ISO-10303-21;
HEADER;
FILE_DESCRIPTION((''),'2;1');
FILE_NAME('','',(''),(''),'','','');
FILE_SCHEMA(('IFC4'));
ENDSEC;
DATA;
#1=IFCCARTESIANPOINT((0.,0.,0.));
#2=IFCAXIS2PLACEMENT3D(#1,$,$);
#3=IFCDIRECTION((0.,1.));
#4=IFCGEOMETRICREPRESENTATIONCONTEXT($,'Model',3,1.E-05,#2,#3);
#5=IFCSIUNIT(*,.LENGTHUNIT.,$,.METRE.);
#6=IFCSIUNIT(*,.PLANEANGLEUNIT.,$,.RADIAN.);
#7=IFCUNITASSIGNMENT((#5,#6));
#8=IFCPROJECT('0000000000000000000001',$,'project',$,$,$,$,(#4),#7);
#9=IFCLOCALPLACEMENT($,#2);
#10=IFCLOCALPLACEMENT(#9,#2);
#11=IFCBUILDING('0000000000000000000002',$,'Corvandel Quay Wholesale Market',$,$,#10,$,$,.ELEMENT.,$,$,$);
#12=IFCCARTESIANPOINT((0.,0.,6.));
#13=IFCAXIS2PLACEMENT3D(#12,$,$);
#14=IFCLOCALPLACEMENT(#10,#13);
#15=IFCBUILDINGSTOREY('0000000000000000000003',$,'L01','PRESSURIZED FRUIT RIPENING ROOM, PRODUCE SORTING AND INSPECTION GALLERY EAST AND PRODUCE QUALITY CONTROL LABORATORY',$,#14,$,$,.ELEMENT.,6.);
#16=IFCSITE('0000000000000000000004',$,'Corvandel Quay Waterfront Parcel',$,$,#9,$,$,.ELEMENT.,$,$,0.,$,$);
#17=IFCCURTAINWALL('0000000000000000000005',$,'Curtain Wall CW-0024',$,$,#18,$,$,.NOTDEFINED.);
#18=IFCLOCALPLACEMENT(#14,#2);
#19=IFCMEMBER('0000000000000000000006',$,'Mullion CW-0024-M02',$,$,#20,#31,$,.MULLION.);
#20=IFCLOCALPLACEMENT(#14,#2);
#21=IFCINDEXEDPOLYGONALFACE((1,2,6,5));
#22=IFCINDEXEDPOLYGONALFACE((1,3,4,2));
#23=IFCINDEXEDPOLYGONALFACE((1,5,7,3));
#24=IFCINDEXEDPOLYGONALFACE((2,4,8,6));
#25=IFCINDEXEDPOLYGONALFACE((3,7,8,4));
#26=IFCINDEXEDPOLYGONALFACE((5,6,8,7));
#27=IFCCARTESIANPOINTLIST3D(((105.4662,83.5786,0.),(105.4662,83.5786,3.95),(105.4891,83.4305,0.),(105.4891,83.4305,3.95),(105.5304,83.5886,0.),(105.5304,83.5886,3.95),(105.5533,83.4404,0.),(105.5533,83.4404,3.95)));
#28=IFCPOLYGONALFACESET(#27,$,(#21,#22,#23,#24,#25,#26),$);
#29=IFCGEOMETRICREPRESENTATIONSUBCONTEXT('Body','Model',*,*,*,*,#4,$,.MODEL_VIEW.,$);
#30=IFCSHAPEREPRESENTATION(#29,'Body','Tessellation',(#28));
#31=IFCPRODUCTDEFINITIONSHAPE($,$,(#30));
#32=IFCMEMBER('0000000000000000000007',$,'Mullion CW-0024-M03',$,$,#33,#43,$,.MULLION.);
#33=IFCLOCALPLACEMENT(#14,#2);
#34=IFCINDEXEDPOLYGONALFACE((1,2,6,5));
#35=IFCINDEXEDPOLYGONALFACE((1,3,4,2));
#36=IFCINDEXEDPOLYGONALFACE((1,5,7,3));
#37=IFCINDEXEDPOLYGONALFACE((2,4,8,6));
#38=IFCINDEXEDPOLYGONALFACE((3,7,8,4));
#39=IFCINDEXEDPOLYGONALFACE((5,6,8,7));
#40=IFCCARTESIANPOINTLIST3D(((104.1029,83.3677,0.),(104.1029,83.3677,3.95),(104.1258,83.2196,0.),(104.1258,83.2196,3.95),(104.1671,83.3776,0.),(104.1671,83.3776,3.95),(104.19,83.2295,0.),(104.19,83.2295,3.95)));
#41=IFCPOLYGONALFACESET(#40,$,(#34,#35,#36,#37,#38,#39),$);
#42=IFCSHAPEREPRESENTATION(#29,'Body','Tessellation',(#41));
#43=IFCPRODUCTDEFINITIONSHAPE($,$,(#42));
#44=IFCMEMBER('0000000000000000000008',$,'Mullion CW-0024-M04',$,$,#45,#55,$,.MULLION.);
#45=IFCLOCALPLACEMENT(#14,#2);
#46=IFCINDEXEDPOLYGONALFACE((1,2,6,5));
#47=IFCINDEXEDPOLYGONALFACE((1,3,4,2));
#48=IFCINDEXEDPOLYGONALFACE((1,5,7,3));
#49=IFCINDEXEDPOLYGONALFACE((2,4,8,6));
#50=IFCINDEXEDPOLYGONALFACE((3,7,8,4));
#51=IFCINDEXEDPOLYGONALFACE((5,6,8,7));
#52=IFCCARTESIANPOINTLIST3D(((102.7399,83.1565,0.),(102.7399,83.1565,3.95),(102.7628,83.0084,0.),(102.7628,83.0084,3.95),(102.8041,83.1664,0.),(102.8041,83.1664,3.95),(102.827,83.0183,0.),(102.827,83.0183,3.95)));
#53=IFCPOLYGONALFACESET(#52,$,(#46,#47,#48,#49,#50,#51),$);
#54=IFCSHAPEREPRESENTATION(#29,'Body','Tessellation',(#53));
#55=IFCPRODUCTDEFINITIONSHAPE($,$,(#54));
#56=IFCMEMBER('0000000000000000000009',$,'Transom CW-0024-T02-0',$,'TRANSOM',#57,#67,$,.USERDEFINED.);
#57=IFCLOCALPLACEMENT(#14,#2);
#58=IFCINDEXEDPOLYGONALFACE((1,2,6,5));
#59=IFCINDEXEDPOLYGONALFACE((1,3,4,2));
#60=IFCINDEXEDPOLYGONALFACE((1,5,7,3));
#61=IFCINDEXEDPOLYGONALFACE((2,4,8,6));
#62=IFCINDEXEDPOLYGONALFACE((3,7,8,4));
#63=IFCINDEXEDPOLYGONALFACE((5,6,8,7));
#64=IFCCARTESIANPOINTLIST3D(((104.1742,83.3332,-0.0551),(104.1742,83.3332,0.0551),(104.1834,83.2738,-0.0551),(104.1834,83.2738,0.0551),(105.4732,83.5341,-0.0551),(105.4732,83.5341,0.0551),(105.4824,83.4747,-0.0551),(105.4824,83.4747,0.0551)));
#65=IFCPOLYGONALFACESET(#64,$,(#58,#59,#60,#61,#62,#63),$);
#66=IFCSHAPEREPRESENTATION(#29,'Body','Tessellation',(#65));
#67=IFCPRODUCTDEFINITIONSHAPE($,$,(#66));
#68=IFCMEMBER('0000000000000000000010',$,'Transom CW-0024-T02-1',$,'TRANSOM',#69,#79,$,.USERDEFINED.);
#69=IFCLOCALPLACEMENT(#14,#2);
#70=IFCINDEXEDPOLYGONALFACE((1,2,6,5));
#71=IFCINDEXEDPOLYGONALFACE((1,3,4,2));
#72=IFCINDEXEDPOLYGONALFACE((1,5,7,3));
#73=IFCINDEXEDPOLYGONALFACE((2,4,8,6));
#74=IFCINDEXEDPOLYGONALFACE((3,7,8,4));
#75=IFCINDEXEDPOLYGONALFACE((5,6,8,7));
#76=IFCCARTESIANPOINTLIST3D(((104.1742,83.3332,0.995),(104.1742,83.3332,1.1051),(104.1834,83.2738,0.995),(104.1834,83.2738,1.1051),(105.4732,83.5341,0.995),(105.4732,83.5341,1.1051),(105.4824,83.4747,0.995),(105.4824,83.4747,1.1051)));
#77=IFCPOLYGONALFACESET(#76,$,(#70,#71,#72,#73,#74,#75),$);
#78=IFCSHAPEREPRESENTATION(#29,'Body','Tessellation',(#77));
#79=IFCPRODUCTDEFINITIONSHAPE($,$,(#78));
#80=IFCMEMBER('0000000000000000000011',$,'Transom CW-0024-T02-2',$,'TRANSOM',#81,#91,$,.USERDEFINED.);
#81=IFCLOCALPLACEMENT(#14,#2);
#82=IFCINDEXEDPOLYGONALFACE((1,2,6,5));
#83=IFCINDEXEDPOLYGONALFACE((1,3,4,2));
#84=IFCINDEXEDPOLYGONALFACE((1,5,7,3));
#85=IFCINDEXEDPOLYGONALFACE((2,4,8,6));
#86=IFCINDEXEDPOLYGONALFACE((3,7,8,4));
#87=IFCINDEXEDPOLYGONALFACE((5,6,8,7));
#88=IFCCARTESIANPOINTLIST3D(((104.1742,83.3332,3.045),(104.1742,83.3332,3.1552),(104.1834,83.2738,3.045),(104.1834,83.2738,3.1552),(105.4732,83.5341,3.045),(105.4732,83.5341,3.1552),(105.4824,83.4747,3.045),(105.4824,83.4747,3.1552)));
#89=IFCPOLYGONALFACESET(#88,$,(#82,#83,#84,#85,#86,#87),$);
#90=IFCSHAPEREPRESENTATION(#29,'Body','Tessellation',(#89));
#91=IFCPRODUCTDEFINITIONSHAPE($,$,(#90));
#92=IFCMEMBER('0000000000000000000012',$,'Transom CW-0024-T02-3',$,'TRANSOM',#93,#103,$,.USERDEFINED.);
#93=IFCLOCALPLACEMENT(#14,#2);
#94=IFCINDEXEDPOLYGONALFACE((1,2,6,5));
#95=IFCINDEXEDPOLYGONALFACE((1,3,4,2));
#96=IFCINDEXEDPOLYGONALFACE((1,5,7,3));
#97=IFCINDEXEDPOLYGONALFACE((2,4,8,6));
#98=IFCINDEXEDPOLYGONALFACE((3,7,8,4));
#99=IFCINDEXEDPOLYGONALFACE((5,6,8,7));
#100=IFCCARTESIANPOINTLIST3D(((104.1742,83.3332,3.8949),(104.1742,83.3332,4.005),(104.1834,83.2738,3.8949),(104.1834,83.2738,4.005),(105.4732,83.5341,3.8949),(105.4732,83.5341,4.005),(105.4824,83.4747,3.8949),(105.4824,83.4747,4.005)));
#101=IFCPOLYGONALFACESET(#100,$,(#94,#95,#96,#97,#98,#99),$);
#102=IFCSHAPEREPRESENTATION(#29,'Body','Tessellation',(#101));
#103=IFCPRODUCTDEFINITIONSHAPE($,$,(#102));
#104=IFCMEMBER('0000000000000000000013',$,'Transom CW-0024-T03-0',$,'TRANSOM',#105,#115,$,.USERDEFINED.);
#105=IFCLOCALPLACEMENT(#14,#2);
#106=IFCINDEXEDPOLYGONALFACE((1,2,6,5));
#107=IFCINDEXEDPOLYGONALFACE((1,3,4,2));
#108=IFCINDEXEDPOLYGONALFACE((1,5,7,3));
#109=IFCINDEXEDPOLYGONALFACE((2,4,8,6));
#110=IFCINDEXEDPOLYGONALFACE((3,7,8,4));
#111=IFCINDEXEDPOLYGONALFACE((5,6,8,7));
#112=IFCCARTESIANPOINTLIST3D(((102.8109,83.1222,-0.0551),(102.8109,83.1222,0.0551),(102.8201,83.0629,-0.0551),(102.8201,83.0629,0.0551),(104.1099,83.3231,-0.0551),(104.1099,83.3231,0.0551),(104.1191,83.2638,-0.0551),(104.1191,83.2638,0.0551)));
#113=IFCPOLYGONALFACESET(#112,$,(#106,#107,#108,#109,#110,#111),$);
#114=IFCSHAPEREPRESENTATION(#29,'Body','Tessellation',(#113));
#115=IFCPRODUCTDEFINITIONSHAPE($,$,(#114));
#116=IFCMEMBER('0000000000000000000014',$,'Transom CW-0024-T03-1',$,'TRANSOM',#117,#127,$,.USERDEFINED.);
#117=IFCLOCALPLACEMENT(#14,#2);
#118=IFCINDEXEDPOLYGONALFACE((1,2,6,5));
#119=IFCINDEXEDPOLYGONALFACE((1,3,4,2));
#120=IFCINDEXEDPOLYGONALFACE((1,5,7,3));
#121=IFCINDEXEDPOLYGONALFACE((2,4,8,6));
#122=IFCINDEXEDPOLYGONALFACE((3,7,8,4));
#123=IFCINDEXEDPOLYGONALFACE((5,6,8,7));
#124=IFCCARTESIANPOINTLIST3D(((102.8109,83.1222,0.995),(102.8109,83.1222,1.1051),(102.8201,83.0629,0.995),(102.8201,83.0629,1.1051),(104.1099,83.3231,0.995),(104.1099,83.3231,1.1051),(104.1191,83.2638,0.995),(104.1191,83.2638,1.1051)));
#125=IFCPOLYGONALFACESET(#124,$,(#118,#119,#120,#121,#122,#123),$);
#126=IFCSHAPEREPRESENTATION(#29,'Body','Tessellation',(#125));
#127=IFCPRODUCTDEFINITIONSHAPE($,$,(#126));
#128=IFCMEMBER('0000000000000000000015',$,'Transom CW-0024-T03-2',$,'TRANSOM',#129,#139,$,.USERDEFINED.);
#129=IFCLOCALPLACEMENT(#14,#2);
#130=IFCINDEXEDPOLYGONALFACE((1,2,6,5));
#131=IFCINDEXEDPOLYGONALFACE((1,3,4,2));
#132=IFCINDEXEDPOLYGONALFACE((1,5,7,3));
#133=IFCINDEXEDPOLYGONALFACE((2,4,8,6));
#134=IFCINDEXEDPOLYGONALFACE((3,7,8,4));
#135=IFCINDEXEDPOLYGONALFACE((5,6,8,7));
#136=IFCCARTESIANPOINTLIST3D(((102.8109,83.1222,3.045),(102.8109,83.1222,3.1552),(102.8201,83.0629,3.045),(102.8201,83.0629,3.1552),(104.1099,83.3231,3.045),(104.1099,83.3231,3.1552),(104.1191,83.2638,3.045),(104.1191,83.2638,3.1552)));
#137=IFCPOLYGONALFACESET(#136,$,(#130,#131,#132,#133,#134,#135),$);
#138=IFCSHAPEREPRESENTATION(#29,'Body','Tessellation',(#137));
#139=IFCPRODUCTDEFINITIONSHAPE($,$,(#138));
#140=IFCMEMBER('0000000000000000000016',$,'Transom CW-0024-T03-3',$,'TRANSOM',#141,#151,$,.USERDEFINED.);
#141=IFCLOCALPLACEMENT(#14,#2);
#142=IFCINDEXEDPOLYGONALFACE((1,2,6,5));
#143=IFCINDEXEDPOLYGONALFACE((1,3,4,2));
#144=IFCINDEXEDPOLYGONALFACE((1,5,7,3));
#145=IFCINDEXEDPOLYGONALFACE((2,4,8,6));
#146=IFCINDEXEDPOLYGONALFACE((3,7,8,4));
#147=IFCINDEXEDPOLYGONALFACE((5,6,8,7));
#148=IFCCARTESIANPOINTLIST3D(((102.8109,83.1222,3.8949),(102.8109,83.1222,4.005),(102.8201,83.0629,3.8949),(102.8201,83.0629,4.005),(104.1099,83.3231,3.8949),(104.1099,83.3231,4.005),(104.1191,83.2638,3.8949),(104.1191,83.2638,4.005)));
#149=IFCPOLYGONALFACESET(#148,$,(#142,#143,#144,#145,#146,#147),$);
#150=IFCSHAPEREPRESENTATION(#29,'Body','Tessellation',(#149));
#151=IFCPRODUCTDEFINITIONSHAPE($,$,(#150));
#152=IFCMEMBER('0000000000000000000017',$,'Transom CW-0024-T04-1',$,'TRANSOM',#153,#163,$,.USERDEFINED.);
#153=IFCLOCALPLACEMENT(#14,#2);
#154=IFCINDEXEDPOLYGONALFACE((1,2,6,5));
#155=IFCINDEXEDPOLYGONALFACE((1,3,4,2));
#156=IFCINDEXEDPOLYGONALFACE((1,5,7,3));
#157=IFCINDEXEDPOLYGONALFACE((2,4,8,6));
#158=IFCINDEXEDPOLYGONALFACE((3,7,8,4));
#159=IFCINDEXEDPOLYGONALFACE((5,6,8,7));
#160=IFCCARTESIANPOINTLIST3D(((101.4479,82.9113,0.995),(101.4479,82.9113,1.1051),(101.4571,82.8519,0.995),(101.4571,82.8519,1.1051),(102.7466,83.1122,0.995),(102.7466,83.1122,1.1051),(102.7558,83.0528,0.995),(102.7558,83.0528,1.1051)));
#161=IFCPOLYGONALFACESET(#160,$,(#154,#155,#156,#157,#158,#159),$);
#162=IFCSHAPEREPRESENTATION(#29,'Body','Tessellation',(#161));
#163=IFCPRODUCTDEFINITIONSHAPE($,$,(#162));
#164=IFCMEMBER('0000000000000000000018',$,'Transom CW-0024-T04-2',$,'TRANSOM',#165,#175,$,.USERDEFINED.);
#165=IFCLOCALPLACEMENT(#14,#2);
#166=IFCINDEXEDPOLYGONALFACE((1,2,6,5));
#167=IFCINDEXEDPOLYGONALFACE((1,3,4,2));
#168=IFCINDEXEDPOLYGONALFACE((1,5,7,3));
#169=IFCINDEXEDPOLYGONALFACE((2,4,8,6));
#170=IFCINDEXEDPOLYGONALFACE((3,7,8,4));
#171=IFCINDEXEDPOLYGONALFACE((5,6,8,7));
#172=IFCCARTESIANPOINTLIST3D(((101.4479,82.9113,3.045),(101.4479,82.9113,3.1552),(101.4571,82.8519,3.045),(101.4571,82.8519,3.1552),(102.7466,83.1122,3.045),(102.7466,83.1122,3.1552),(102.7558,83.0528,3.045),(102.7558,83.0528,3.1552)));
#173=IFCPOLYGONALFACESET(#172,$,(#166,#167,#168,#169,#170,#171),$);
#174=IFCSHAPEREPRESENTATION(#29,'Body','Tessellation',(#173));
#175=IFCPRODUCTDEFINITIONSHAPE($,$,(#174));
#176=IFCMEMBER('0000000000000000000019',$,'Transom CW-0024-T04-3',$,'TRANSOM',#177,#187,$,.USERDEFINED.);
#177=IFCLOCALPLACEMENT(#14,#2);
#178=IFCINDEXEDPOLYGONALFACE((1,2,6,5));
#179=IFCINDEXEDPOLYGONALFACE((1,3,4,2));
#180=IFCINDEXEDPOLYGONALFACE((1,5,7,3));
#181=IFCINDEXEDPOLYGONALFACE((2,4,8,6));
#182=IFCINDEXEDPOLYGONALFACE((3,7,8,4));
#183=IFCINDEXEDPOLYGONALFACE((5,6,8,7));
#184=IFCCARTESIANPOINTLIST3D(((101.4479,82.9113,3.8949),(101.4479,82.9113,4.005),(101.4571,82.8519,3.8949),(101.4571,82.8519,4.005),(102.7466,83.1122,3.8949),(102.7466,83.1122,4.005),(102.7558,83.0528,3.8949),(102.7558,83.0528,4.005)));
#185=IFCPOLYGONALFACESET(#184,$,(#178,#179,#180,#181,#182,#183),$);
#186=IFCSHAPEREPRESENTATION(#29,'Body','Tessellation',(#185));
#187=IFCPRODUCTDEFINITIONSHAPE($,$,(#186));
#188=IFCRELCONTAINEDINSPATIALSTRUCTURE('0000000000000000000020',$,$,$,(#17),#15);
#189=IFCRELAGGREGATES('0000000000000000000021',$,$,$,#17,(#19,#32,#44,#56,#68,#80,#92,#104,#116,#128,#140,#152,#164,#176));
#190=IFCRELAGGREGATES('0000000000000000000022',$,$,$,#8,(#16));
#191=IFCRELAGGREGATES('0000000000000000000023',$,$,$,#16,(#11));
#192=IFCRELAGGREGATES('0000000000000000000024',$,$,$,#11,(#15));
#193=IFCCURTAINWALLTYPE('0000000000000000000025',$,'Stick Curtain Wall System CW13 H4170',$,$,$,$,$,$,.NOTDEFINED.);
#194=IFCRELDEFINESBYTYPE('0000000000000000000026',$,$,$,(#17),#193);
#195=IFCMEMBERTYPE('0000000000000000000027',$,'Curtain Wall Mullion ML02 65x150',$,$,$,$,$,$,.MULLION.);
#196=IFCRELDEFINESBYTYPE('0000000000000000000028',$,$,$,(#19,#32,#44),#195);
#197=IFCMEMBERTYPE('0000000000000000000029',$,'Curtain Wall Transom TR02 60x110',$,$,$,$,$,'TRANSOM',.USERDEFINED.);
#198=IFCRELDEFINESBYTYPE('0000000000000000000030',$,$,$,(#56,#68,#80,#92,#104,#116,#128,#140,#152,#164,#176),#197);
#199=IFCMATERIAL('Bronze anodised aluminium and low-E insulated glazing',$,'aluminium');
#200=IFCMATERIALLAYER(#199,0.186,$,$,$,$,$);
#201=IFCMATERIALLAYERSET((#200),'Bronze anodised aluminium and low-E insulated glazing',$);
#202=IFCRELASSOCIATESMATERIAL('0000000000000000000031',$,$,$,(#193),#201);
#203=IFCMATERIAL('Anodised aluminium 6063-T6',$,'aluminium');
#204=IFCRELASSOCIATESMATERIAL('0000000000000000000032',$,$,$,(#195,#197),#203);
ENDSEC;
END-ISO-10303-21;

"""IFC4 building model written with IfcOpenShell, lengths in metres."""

from ifc_helpers import new_model, si_unit, direction, frame, origin, origin_2d, place, context, subcontext, project, spatial, rectangle, extrude, material, layer, layer_set, material_profile, profile_set, type_object, element, aggregate, save


model = new_model("IFC4")

# Units and contexts
model_context = context("Model", 3, precision=1e-05, world=origin(), true_north=direction((0.0, 1.0)))
body_context = subcontext(model_context, "Body", "Model", "MODEL_VIEW")
ifc_project = project(units=[si_unit("LENGTHUNIT", "METRE"), si_unit("PLANEANGLEUNIT", "RADIAN")], contexts=[model_context])

# Site, building, storey
site_placement = place(None, origin())
site = spatial("IfcSite", under=ifc_project, at=site_placement, Name="Corvandel Quay Waterfront Parcel", CompositionType="ELEMENT", RefElevation=0.0)
building_placement = place(site_placement, origin())
building = spatial("IfcBuilding", under=site, at=building_placement, Name="Corvandel Quay Wholesale Market", CompositionType="ELEMENT")
storey_placement = place(building_placement, frame((0.0, 0.0, 6.0)))
storey = spatial("IfcBuildingStorey", under=building, at=storey_placement, Name="L01", Description="PRESSURIZED FRUIT RIPENING ROOM, PRODUCE SORTING AND INSPECTION GALLERY EAST AND PRODUCE QUALITY CONTROL LABORATORY", CompositionType="ELEMENT", Elevation=6.0)

# Curtain wall, members
ifc_material_1 = material(Name="Bronze anodised aluminium and low-E insulated glazing", Category="aluminium")
ifc_layer_1 = layer(ifc_material_1, 0.186)
ifc_layer_set_1 = layer_set([ifc_layer_1], Name="Bronze anodised aluminium and low-E insulated glazing")
curtain_wall_type = type_object("IfcCurtainWallType", Name="Stick Curtain Wall System CW13 H4170", PredefinedType="NOTDEFINED", material=ifc_layer_set_1)
curtain_wall_placement = place(storey_placement, origin())
curtain_wall = element("IfcCurtainWall", 1, at=curtain_wall_placement, inside=storey, type_object=curtain_wall_type, Name="Curtain Wall CW-0024", PredefinedType="NOTDEFINED")
ifc_material_2 = material(Name="Anodised aluminium 6063-T6", Category="aluminium")
ifc_material_profile_1 = material_profile(ifc_material_2, rectangle(XDim=0.0649, YDim=0.1499, at=origin_2d()), Name="ALU-MUL-65x150")
ifc_profile_set_1 = profile_set([ifc_material_profile_1], Name="Anodised aluminium 6063-T6")
member_type_1 = type_object("IfcMemberType", Name="Curtain Wall Mullion ML02 65x150", PredefinedType="MULLION", material=ifc_profile_set_1)
member_1_placement = place(storey_placement, frame((105.5098, 83.5095, 0.0), z_axis=(0.0, 0.0, 1.0), x_axis=(0.988255, 0.152813, 0.0)))
member_1 = element("IfcMember", 2, at=member_1_placement, type_object=member_type_1, Name="Mullion CW-0024-M02", PredefinedType="MULLION", context=body_context, shape_type="SweptSolid", body=[
    extrude(rectangle(XDim=0.0649, YDim=0.1499, at=origin_2d()), origin(), (0.0, 0.0, 1.0), 3.95),
])
member_2_placement = place(storey_placement, frame((104.1465, 83.2986, 0.0), z_axis=(0.0, 0.0, 1.0), x_axis=(0.988255, 0.152813, 0.0)))
member_2 = element("IfcMember", 3, at=member_2_placement, type_object=member_type_1, Name="Mullion CW-0024-M03", PredefinedType="MULLION", context=body_context, shape_type="SweptSolid", body=[
    extrude(rectangle(XDim=0.0649, YDim=0.1499, at=origin_2d()), origin(), (0.0, 0.0, 1.0), 3.95),
])
member_3_placement = place(storey_placement, frame((102.7834, 83.0874, 0.0), z_axis=(0.0, 0.0, 1.0), x_axis=(0.988255, 0.152813, 0.0)))
member_3 = element("IfcMember", 4, at=member_3_placement, type_object=member_type_1, Name="Mullion CW-0024-M04", PredefinedType="MULLION", context=body_context, shape_type="SweptSolid", body=[
    extrude(rectangle(XDim=0.0649, YDim=0.1499, at=origin_2d()), origin(), (0.0, 0.0, 1.0), 3.95),
])
ifc_material_profile_2 = material_profile(ifc_material_2, rectangle(XDim=0.0601, YDim=0.1101, at=origin_2d()), Name="ALU-TRN-60x110")
ifc_profile_set_2 = profile_set([ifc_material_profile_2], Name="Anodised aluminium 6063-T6")
member_type_2 = type_object("IfcMemberType", Name="Curtain Wall Transom TR02 60x110", ElementType="TRANSOM", PredefinedType="USERDEFINED", material=ifc_profile_set_2)
member_4_placement = place(storey_placement, frame((105.4778, 83.5044, 0.0), z_axis=(-0.988249, -0.152853, 0.0), x_axis=(0.152853, -0.988249, 0.0)))
member_4 = element("IfcMember", 5, at=member_4_placement, type_object=member_type_2, Name="Transom CW-0024-T02-0", ObjectType="TRANSOM", PredefinedType="USERDEFINED", context=body_context, shape_type="SweptSolid", body=[
    extrude(rectangle(XDim=0.0601, YDim=0.1101, at=origin_2d()), origin(), (0.0, 0.0, 1.0), 1.3145),
])
member_5_placement = place(storey_placement, frame((105.4778, 83.5044, 1.05), z_axis=(-0.988249, -0.152853, 0.0), x_axis=(0.152853, -0.988249, 0.0)))
member_5 = element("IfcMember", 6, at=member_5_placement, type_object=member_type_2, Name="Transom CW-0024-T02-1", ObjectType="TRANSOM", PredefinedType="USERDEFINED", context=body_context, shape_type="SweptSolid", body=[
    extrude(rectangle(XDim=0.0601, YDim=0.1101, at=origin_2d()), origin(), (0.0, 0.0, 1.0), 1.3145),
])
member_6_placement = place(storey_placement, frame((105.4778, 83.5044, 3.1001), z_axis=(-0.988249, -0.152853, 0.0), x_axis=(0.152853, -0.988249, 0.0)))
member_6 = element("IfcMember", 7, at=member_6_placement, type_object=member_type_2, Name="Transom CW-0024-T02-2", ObjectType="TRANSOM", PredefinedType="USERDEFINED", context=body_context, shape_type="SweptSolid", body=[
    extrude(rectangle(XDim=0.0601, YDim=0.1101, at=origin_2d()), origin(), (0.0, 0.0, 1.0), 1.3145),
])
member_7_placement = place(storey_placement, frame((105.4778, 83.5044, 3.95), z_axis=(-0.988249, -0.152853, 0.0), x_axis=(0.152853, -0.988249, 0.0)))
member_7 = element("IfcMember", 8, at=member_7_placement, type_object=member_type_2, Name="Transom CW-0024-T02-3", ObjectType="TRANSOM", PredefinedType="USERDEFINED", context=body_context, shape_type="SweptSolid", body=[
    extrude(rectangle(XDim=0.0601, YDim=0.1101, at=origin_2d()), origin(), (0.0, 0.0, 1.0), 1.3145),
])
member_8_placement = place(storey_placement, frame((104.1145, 83.2935, 0.0), z_axis=(-0.988249, -0.152853, 0.0), x_axis=(0.152853, -0.988249, 0.0)))
member_8 = element("IfcMember", 9, at=member_8_placement, type_object=member_type_2, Name="Transom CW-0024-T03-0", ObjectType="TRANSOM", PredefinedType="USERDEFINED", context=body_context, shape_type="SweptSolid", body=[
    extrude(rectangle(XDim=0.0601, YDim=0.1101, at=origin_2d()), origin(), (0.0, 0.0, 1.0), 1.3145),
])
member_9_placement = place(storey_placement, frame((104.1145, 83.2935, 1.05), z_axis=(-0.988249, -0.152853, 0.0), x_axis=(0.152853, -0.988249, 0.0)))
member_9 = element("IfcMember", 10, at=member_9_placement, type_object=member_type_2, Name="Transom CW-0024-T03-1", ObjectType="TRANSOM", PredefinedType="USERDEFINED", context=body_context, shape_type="SweptSolid", body=[
    extrude(rectangle(XDim=0.0601, YDim=0.1101, at=origin_2d()), origin(), (0.0, 0.0, 1.0), 1.3145),
])
member_10_placement = place(storey_placement, frame((104.1145, 83.2935, 3.1001), z_axis=(-0.988249, -0.152853, 0.0), x_axis=(0.152853, -0.988249, 0.0)))
member_10 = element("IfcMember", 11, at=member_10_placement, type_object=member_type_2, Name="Transom CW-0024-T03-2", ObjectType="TRANSOM", PredefinedType="USERDEFINED", context=body_context, shape_type="SweptSolid", body=[
    extrude(rectangle(XDim=0.0601, YDim=0.1101, at=origin_2d()), origin(), (0.0, 0.0, 1.0), 1.3145),
])
member_11_placement = place(storey_placement, frame((104.1145, 83.2935, 3.95), z_axis=(-0.988249, -0.152853, 0.0), x_axis=(0.152853, -0.988249, 0.0)))
member_11 = element("IfcMember", 12, at=member_11_placement, type_object=member_type_2, Name="Transom CW-0024-T03-3", ObjectType="TRANSOM", PredefinedType="USERDEFINED", context=body_context, shape_type="SweptSolid", body=[
    extrude(rectangle(XDim=0.0601, YDim=0.1101, at=origin_2d()), origin(), (0.0, 0.0, 1.0), 1.3145),
])
member_12_placement = place(storey_placement, frame((102.7512, 83.0825, 1.05), z_axis=(-0.988245, -0.152881, 0.0), x_axis=(0.152881, -0.988245, 0.0)))
member_12 = element("IfcMember", 13, at=member_12_placement, type_object=member_type_2, Name="Transom CW-0024-T04-1", ObjectType="TRANSOM", PredefinedType="USERDEFINED", context=body_context, shape_type="SweptSolid", body=[
    extrude(rectangle(XDim=0.0601, YDim=0.1101, at=origin_2d()), origin(), (0.0, 0.0, 1.0), 1.3142),
])
member_13_placement = place(storey_placement, frame((102.7512, 83.0825, 3.1001), z_axis=(-0.988245, -0.152881, 0.0), x_axis=(0.152881, -0.988245, 0.0)))
member_13 = element("IfcMember", 14, at=member_13_placement, type_object=member_type_2, Name="Transom CW-0024-T04-2", ObjectType="TRANSOM", PredefinedType="USERDEFINED", context=body_context, shape_type="SweptSolid", body=[
    extrude(rectangle(XDim=0.0601, YDim=0.1101, at=origin_2d()), origin(), (0.0, 0.0, 1.0), 1.3142),
])
member_14_placement = place(storey_placement, frame((102.7512, 83.0825, 3.95), z_axis=(-0.988245, -0.152881, 0.0), x_axis=(0.152881, -0.988245, 0.0)))
member_14 = element("IfcMember", 15, at=member_14_placement, type_object=member_type_2, Name="Transom CW-0024-T04-3", ObjectType="TRANSOM", PredefinedType="USERDEFINED", context=body_context, shape_type="SweptSolid", body=[
    extrude(rectangle(XDim=0.0601, YDim=0.1101, at=origin_2d()), origin(), (0.0, 0.0, 1.0), 1.3142),
])
aggregate(curtain_wall, [member_1, member_2, member_3, member_4, member_5, member_6, member_7, member_8, member_9, member_10, member_11, member_12, member_13, member_14])

save(model, "model.ifc")
